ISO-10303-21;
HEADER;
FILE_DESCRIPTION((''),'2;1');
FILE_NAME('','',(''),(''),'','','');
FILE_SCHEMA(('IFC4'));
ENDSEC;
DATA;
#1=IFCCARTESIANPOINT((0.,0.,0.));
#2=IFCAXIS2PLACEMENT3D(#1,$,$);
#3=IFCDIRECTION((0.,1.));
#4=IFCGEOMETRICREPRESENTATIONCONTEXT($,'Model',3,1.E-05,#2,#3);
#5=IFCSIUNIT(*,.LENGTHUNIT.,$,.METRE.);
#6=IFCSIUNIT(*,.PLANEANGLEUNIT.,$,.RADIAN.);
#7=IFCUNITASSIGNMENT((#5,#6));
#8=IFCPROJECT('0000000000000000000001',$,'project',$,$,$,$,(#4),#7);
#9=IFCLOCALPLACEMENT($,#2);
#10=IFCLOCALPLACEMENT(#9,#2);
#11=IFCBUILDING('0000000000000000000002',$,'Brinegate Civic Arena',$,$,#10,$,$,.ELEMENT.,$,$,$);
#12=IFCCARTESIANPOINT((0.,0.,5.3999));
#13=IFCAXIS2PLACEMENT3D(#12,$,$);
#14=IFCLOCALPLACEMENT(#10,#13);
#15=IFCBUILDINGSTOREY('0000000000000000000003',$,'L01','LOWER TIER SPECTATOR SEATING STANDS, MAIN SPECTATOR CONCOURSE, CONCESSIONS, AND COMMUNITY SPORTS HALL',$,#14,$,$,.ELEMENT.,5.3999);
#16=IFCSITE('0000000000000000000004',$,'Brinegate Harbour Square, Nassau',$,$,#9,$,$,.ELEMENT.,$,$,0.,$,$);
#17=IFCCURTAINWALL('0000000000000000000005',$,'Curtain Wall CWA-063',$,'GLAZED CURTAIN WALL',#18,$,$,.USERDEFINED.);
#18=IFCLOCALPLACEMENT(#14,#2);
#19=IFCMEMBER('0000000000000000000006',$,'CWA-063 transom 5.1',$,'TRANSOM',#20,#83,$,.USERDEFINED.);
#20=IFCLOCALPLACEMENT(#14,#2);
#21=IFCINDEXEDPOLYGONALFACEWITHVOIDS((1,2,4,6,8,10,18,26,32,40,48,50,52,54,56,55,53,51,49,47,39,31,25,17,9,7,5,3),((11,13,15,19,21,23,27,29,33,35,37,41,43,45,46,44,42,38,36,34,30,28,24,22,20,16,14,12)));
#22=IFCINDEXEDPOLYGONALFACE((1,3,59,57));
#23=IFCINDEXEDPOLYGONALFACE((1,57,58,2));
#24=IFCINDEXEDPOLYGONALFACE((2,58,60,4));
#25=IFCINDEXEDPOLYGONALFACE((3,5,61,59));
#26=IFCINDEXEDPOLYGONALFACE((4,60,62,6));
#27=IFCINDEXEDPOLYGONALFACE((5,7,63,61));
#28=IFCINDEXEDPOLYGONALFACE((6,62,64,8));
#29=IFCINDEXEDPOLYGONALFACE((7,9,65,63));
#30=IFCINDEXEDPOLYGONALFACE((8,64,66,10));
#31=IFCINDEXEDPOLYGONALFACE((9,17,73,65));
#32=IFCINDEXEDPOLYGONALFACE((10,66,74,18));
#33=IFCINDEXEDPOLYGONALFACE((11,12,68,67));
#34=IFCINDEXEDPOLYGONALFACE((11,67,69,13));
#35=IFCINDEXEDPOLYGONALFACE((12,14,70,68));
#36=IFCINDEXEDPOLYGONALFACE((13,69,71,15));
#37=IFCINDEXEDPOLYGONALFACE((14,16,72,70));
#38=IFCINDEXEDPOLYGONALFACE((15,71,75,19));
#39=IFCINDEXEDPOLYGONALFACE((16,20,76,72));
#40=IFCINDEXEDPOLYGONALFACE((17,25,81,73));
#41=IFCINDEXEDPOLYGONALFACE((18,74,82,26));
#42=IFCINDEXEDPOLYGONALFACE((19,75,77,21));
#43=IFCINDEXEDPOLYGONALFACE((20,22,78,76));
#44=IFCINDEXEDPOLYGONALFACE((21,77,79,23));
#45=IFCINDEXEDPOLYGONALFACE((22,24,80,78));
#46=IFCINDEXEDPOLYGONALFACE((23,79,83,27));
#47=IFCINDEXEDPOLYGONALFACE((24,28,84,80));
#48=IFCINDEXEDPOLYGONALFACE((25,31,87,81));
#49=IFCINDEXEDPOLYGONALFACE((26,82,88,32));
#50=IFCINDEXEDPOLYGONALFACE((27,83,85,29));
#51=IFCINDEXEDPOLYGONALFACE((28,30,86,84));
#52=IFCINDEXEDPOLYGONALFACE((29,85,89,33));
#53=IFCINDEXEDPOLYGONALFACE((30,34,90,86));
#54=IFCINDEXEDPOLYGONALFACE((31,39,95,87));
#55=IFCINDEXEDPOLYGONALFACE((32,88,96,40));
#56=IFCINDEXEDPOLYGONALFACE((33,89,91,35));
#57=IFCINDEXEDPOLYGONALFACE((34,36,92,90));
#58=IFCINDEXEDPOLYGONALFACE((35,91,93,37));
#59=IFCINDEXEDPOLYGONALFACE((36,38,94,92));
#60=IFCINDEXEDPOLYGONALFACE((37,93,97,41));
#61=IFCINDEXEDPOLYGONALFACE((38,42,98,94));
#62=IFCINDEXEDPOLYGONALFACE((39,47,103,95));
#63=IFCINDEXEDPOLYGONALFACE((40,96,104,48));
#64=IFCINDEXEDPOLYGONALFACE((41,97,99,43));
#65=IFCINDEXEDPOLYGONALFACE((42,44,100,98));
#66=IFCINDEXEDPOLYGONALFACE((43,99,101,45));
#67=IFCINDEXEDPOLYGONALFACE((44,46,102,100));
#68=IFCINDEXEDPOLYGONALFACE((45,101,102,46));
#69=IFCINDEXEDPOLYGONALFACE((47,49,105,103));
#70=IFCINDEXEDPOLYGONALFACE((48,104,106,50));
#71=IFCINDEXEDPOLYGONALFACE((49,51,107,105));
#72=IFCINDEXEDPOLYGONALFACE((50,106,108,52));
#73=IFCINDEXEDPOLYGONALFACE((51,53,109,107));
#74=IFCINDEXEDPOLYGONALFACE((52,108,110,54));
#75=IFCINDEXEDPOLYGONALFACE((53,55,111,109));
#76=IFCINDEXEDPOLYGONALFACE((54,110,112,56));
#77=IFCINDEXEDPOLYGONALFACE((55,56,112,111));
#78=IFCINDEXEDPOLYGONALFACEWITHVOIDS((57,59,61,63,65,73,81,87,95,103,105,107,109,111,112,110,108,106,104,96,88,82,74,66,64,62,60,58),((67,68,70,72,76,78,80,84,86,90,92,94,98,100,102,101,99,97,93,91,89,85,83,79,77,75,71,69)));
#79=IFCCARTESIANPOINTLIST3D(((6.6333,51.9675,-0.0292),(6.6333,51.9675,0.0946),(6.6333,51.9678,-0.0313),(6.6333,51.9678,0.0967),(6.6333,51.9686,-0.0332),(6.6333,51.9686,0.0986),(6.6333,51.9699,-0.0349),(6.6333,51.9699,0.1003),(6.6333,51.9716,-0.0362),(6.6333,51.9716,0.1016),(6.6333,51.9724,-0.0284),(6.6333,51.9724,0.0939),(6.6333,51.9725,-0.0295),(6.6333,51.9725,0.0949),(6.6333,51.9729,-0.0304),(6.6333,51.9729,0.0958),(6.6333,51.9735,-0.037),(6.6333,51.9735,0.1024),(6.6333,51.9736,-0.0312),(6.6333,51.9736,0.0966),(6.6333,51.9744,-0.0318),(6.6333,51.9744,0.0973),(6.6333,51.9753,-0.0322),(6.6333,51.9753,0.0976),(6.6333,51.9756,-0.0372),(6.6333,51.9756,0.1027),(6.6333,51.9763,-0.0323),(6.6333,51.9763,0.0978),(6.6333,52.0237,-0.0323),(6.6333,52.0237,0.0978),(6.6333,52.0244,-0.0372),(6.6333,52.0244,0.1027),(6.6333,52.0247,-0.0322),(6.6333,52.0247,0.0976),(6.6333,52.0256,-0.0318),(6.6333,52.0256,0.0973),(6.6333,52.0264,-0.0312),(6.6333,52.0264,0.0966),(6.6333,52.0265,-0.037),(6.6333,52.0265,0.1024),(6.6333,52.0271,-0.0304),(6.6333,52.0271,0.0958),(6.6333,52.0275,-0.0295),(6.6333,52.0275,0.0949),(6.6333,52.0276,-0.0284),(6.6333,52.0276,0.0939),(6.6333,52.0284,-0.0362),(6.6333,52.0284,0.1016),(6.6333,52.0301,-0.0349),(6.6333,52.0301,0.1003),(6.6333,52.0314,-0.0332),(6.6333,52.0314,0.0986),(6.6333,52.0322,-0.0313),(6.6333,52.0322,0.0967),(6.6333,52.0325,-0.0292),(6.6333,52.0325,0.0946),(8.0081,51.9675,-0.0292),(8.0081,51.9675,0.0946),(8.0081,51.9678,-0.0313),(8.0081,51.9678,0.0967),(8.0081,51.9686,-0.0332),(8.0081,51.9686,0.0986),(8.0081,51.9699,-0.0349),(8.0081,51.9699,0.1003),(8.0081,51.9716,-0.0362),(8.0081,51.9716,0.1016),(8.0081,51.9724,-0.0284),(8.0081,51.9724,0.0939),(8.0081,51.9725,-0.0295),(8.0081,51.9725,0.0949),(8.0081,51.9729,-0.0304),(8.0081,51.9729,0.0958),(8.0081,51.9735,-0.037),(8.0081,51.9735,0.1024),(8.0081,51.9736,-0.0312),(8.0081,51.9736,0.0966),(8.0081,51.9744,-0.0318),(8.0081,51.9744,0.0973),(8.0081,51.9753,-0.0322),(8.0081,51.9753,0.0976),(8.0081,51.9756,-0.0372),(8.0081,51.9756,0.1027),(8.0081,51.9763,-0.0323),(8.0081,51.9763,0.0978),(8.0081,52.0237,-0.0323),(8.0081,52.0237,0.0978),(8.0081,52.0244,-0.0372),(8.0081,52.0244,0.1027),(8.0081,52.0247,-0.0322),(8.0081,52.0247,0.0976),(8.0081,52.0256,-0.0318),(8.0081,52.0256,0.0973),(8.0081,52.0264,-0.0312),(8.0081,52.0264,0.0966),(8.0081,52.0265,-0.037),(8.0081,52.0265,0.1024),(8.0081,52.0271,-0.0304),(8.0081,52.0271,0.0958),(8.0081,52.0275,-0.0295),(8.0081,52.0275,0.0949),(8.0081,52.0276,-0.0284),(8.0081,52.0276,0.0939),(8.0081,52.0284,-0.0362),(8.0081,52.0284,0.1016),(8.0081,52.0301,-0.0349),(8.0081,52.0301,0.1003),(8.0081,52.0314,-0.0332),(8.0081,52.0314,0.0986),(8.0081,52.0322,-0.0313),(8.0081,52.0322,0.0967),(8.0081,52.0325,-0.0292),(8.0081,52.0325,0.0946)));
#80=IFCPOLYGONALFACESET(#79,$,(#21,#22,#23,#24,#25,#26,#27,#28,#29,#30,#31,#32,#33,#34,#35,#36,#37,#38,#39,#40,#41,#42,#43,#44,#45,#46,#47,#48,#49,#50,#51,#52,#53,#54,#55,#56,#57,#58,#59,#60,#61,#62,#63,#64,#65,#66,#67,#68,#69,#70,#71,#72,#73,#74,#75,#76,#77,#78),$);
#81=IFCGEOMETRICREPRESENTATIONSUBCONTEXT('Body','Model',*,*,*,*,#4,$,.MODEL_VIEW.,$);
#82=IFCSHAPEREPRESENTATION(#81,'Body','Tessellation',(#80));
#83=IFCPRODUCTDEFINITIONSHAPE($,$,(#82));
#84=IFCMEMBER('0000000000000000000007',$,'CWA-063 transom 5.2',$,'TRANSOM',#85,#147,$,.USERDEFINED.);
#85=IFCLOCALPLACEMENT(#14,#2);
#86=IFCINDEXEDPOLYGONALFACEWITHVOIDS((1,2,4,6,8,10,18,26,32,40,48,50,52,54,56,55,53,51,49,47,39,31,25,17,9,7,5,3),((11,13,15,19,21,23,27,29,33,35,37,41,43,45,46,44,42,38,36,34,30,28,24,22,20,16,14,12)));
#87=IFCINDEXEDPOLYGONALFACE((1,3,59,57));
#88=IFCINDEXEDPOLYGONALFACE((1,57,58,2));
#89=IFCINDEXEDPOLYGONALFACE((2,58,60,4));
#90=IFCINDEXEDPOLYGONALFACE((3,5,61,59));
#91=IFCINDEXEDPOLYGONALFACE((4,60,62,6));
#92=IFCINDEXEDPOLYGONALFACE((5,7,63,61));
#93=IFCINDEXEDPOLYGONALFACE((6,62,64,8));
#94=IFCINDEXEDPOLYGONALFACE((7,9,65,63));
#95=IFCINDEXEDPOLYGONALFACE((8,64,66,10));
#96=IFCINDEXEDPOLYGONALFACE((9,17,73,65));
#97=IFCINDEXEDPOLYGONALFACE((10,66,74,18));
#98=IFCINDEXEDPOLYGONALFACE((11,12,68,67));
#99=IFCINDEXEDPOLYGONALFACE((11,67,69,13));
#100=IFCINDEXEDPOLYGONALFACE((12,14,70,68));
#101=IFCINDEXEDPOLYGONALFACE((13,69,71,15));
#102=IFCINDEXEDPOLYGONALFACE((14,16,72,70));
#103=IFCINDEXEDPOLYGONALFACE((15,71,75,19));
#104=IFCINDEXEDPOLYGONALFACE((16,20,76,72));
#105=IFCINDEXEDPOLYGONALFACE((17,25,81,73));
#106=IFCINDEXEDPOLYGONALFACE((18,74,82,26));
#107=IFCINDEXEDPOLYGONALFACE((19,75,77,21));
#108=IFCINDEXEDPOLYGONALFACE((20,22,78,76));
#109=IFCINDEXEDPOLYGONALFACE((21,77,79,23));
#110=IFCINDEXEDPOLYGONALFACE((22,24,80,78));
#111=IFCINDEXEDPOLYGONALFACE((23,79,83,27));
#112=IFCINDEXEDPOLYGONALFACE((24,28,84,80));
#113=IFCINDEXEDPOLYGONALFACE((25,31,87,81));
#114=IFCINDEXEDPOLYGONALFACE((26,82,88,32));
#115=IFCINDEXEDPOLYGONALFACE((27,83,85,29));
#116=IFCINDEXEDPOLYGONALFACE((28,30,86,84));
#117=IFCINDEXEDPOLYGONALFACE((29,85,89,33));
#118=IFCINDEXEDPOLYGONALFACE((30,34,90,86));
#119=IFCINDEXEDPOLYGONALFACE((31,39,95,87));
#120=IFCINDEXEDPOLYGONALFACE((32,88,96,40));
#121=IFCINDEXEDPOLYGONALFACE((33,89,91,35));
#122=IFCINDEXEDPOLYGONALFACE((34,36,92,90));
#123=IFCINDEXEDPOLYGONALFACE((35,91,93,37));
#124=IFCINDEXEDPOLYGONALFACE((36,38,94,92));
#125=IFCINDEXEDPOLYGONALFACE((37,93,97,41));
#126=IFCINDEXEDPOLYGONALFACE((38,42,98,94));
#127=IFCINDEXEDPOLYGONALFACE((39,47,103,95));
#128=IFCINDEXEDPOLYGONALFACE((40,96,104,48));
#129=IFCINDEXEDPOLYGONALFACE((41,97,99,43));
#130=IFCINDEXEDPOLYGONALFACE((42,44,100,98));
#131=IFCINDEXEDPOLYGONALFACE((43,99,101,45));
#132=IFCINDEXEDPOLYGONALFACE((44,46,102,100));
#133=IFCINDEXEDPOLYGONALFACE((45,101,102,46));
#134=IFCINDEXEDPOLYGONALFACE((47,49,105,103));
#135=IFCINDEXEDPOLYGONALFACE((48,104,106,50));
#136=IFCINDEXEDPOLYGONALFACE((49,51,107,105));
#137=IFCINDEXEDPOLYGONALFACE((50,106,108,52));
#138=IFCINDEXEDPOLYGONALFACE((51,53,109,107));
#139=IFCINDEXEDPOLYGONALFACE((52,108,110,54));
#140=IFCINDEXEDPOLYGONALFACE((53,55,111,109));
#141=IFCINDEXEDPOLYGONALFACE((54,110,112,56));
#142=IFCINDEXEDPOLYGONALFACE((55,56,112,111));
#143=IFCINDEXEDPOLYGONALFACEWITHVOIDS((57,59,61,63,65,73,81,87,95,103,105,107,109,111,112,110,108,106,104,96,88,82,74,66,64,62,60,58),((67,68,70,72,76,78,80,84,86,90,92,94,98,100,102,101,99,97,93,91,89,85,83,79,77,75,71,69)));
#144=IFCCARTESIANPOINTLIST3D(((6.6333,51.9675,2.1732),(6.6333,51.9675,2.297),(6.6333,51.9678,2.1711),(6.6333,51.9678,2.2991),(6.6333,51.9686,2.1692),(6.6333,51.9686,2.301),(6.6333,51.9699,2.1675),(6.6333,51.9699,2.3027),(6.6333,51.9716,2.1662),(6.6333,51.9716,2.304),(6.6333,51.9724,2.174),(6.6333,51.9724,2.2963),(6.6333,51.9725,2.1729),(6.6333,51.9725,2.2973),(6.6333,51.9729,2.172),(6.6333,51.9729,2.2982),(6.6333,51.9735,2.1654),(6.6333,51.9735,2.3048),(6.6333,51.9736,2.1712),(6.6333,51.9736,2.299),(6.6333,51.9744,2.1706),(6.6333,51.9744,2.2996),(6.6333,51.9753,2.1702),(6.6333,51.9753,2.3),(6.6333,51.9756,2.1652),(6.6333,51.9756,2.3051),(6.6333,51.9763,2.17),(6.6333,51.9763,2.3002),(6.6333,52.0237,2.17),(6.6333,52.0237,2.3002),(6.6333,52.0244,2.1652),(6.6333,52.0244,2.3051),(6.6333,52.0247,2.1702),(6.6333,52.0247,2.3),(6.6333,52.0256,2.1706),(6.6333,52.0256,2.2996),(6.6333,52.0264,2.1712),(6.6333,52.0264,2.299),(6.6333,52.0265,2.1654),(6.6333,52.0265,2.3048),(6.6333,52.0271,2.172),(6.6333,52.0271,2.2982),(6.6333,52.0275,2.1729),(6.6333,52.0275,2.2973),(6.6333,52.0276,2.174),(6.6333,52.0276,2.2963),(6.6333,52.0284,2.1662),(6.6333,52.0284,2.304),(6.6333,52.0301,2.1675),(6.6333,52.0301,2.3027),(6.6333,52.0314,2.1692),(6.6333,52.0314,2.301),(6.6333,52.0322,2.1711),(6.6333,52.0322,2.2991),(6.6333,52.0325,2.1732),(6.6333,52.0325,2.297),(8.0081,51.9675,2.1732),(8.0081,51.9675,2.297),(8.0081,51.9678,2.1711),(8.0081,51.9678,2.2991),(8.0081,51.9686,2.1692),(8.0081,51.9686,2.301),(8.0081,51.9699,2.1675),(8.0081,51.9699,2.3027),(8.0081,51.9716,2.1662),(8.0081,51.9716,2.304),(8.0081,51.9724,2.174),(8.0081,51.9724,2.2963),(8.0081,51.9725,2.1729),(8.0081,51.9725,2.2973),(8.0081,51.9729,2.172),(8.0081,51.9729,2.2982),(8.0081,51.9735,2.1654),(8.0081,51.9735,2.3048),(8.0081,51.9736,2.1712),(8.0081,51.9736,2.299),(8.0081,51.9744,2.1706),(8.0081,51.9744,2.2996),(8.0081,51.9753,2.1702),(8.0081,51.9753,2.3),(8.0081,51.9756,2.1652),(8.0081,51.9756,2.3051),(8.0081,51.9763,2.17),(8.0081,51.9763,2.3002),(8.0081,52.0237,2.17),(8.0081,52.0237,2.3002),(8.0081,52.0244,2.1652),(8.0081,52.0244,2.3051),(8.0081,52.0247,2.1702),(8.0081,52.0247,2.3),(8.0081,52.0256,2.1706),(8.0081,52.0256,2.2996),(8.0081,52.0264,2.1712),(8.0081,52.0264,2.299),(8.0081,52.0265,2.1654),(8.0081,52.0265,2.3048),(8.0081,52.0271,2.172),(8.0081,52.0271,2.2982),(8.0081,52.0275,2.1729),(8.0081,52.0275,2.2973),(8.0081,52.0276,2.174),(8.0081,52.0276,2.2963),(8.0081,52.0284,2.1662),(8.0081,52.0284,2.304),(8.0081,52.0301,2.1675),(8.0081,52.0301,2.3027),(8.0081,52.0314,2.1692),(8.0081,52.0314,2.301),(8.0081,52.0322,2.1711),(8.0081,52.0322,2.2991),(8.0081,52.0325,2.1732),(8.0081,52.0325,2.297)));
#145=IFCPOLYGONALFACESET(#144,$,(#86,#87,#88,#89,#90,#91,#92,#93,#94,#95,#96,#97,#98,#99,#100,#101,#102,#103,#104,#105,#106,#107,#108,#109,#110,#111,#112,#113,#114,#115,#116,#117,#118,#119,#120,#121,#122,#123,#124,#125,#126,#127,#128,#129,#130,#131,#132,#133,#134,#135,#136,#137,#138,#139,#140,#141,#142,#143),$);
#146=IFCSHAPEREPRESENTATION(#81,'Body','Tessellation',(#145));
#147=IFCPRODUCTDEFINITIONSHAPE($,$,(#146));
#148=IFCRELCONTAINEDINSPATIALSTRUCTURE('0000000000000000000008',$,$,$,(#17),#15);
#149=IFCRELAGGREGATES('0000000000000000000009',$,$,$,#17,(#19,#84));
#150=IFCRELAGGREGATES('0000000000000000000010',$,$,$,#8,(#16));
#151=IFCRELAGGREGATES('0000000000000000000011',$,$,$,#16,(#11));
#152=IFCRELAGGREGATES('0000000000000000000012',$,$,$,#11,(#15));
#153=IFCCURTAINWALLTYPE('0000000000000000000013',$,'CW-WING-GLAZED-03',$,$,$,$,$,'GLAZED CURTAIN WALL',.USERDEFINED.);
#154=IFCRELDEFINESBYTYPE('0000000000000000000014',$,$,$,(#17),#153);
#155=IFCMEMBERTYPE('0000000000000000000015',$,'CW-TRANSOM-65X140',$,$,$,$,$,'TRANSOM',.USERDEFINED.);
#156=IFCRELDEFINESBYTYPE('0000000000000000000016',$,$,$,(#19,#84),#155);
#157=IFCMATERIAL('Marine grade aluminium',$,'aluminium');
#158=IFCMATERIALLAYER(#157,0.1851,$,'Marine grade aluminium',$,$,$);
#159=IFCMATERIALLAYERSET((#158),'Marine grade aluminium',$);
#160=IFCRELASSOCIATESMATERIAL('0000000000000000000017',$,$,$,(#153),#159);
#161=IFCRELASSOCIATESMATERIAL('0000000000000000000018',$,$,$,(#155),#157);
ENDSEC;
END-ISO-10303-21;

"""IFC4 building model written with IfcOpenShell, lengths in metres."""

from ifc_helpers import new_model, si_unit, direction, frame, origin, origin_2d, place, context, subcontext, project, spatial, hollow_rectangle, extrude, material, layer, layer_set, material_profile, profile_set, type_object, element, aggregate, save


model = new_model("IFC4")

# Units and contexts
model_context = context("Model", 3, precision=1e-05, world=origin(), true_north=direction((0.0, 1.0)))
body_context = subcontext(model_context, "Body", "Model", "MODEL_VIEW")
ifc_project = project(units=[si_unit("LENGTHUNIT", "METRE"), si_unit("PLANEANGLEUNIT", "RADIAN")], contexts=[model_context])

# Site, building, storey
site_placement = place(None, origin())
site = spatial("IfcSite", under=ifc_project, at=site_placement, Name="Brinegate Harbour Square, Nassau", CompositionType="ELEMENT", RefElevation=0.0)
building_placement = place(site_placement, origin())
building = spatial("IfcBuilding", under=site, at=building_placement, Name="Brinegate Civic Arena", CompositionType="ELEMENT")
storey_placement = place(building_placement, frame((0.0, 0.0, 5.3999)))
storey = spatial("IfcBuildingStorey", under=building, at=storey_placement, Name="L01", Description="LOWER TIER SPECTATOR SEATING STANDS, MAIN SPECTATOR CONCOURSE, CONCESSIONS, AND COMMUNITY SPORTS HALL", CompositionType="ELEMENT", Elevation=5.3999)

# Curtain wall, members
ifc_material_1 = material(Name="Marine grade aluminium", Category="aluminium")
ifc_layer_1 = layer(ifc_material_1, 0.1851, Name="Marine grade aluminium")
ifc_layer_set_1 = layer_set([ifc_layer_1], Name="Marine grade aluminium")
curtain_wall_type = type_object("IfcCurtainWallType", Name="CW-WING-GLAZED-03", ElementType="GLAZED CURTAIN WALL", PredefinedType="USERDEFINED", material=ifc_layer_set_1)
curtain_wall_placement = place(storey_placement, origin())
curtain_wall = element("IfcCurtainWall", 1, at=curtain_wall_placement, inside=storey, type_object=curtain_wall_type, Name="Curtain Wall CWA-063", ObjectType="GLAZED CURTAIN WALL", PredefinedType="USERDEFINED")
ifc_material_profile_1 = material_profile(ifc_material_1, hollow_rectangle(XDim=0.0649, YDim=0.1399, WallThickness=0.0049, InnerFilletRadius=0.0039, OuterFilletRadius=0.0081, at=origin_2d()), Name="TRN65X140")
ifc_profile_set_1 = profile_set([ifc_material_profile_1], Name="Marine grade aluminium")
member_type_1 = type_object("IfcMemberType", Name="CW-TRANSOM-65X140", ElementType="TRANSOM", PredefinedType="USERDEFINED", material=ifc_profile_set_1)
member_1_placement = place(storey_placement, frame((6.6333, 52.0, 0.0327), z_axis=(1.0, 0.0, 0.0), x_axis=(0.0, 1.0, 0.0)))
member_1 = element("IfcMember", 2, at=member_1_placement, type_object=member_type_1, Name="CWA-063 transom 5.1", ObjectType="TRANSOM", PredefinedType="USERDEFINED", context=body_context, shape_type="SweptSolid", body=[
    extrude(hollow_rectangle(XDim=0.0649, YDim=0.1399, WallThickness=0.0049, InnerFilletRadius=0.0039, OuterFilletRadius=0.0081, at=origin_2d()), origin(), (0.0, 0.0, 1.0), 1.3748),
])
member_2_placement = place(storey_placement, frame((6.6333, 52.0, 2.2351), z_axis=(1.0, 0.0, 0.0), x_axis=(0.0, 1.0, 0.0)))
member_2 = element("IfcMember", 3, at=member_2_placement, type_object=member_type_1, Name="CWA-063 transom 5.2", ObjectType="TRANSOM", PredefinedType="USERDEFINED", context=body_context, shape_type="SweptSolid", body=[
    extrude(hollow_rectangle(XDim=0.0649, YDim=0.1399, WallThickness=0.0049, InnerFilletRadius=0.0039, OuterFilletRadius=0.0081, at=origin_2d()), origin(), (0.0, 0.0, 1.0), 1.3748),
])
aggregate(curtain_wall, [member_1, member_2])

save(model, "model.ifc")
